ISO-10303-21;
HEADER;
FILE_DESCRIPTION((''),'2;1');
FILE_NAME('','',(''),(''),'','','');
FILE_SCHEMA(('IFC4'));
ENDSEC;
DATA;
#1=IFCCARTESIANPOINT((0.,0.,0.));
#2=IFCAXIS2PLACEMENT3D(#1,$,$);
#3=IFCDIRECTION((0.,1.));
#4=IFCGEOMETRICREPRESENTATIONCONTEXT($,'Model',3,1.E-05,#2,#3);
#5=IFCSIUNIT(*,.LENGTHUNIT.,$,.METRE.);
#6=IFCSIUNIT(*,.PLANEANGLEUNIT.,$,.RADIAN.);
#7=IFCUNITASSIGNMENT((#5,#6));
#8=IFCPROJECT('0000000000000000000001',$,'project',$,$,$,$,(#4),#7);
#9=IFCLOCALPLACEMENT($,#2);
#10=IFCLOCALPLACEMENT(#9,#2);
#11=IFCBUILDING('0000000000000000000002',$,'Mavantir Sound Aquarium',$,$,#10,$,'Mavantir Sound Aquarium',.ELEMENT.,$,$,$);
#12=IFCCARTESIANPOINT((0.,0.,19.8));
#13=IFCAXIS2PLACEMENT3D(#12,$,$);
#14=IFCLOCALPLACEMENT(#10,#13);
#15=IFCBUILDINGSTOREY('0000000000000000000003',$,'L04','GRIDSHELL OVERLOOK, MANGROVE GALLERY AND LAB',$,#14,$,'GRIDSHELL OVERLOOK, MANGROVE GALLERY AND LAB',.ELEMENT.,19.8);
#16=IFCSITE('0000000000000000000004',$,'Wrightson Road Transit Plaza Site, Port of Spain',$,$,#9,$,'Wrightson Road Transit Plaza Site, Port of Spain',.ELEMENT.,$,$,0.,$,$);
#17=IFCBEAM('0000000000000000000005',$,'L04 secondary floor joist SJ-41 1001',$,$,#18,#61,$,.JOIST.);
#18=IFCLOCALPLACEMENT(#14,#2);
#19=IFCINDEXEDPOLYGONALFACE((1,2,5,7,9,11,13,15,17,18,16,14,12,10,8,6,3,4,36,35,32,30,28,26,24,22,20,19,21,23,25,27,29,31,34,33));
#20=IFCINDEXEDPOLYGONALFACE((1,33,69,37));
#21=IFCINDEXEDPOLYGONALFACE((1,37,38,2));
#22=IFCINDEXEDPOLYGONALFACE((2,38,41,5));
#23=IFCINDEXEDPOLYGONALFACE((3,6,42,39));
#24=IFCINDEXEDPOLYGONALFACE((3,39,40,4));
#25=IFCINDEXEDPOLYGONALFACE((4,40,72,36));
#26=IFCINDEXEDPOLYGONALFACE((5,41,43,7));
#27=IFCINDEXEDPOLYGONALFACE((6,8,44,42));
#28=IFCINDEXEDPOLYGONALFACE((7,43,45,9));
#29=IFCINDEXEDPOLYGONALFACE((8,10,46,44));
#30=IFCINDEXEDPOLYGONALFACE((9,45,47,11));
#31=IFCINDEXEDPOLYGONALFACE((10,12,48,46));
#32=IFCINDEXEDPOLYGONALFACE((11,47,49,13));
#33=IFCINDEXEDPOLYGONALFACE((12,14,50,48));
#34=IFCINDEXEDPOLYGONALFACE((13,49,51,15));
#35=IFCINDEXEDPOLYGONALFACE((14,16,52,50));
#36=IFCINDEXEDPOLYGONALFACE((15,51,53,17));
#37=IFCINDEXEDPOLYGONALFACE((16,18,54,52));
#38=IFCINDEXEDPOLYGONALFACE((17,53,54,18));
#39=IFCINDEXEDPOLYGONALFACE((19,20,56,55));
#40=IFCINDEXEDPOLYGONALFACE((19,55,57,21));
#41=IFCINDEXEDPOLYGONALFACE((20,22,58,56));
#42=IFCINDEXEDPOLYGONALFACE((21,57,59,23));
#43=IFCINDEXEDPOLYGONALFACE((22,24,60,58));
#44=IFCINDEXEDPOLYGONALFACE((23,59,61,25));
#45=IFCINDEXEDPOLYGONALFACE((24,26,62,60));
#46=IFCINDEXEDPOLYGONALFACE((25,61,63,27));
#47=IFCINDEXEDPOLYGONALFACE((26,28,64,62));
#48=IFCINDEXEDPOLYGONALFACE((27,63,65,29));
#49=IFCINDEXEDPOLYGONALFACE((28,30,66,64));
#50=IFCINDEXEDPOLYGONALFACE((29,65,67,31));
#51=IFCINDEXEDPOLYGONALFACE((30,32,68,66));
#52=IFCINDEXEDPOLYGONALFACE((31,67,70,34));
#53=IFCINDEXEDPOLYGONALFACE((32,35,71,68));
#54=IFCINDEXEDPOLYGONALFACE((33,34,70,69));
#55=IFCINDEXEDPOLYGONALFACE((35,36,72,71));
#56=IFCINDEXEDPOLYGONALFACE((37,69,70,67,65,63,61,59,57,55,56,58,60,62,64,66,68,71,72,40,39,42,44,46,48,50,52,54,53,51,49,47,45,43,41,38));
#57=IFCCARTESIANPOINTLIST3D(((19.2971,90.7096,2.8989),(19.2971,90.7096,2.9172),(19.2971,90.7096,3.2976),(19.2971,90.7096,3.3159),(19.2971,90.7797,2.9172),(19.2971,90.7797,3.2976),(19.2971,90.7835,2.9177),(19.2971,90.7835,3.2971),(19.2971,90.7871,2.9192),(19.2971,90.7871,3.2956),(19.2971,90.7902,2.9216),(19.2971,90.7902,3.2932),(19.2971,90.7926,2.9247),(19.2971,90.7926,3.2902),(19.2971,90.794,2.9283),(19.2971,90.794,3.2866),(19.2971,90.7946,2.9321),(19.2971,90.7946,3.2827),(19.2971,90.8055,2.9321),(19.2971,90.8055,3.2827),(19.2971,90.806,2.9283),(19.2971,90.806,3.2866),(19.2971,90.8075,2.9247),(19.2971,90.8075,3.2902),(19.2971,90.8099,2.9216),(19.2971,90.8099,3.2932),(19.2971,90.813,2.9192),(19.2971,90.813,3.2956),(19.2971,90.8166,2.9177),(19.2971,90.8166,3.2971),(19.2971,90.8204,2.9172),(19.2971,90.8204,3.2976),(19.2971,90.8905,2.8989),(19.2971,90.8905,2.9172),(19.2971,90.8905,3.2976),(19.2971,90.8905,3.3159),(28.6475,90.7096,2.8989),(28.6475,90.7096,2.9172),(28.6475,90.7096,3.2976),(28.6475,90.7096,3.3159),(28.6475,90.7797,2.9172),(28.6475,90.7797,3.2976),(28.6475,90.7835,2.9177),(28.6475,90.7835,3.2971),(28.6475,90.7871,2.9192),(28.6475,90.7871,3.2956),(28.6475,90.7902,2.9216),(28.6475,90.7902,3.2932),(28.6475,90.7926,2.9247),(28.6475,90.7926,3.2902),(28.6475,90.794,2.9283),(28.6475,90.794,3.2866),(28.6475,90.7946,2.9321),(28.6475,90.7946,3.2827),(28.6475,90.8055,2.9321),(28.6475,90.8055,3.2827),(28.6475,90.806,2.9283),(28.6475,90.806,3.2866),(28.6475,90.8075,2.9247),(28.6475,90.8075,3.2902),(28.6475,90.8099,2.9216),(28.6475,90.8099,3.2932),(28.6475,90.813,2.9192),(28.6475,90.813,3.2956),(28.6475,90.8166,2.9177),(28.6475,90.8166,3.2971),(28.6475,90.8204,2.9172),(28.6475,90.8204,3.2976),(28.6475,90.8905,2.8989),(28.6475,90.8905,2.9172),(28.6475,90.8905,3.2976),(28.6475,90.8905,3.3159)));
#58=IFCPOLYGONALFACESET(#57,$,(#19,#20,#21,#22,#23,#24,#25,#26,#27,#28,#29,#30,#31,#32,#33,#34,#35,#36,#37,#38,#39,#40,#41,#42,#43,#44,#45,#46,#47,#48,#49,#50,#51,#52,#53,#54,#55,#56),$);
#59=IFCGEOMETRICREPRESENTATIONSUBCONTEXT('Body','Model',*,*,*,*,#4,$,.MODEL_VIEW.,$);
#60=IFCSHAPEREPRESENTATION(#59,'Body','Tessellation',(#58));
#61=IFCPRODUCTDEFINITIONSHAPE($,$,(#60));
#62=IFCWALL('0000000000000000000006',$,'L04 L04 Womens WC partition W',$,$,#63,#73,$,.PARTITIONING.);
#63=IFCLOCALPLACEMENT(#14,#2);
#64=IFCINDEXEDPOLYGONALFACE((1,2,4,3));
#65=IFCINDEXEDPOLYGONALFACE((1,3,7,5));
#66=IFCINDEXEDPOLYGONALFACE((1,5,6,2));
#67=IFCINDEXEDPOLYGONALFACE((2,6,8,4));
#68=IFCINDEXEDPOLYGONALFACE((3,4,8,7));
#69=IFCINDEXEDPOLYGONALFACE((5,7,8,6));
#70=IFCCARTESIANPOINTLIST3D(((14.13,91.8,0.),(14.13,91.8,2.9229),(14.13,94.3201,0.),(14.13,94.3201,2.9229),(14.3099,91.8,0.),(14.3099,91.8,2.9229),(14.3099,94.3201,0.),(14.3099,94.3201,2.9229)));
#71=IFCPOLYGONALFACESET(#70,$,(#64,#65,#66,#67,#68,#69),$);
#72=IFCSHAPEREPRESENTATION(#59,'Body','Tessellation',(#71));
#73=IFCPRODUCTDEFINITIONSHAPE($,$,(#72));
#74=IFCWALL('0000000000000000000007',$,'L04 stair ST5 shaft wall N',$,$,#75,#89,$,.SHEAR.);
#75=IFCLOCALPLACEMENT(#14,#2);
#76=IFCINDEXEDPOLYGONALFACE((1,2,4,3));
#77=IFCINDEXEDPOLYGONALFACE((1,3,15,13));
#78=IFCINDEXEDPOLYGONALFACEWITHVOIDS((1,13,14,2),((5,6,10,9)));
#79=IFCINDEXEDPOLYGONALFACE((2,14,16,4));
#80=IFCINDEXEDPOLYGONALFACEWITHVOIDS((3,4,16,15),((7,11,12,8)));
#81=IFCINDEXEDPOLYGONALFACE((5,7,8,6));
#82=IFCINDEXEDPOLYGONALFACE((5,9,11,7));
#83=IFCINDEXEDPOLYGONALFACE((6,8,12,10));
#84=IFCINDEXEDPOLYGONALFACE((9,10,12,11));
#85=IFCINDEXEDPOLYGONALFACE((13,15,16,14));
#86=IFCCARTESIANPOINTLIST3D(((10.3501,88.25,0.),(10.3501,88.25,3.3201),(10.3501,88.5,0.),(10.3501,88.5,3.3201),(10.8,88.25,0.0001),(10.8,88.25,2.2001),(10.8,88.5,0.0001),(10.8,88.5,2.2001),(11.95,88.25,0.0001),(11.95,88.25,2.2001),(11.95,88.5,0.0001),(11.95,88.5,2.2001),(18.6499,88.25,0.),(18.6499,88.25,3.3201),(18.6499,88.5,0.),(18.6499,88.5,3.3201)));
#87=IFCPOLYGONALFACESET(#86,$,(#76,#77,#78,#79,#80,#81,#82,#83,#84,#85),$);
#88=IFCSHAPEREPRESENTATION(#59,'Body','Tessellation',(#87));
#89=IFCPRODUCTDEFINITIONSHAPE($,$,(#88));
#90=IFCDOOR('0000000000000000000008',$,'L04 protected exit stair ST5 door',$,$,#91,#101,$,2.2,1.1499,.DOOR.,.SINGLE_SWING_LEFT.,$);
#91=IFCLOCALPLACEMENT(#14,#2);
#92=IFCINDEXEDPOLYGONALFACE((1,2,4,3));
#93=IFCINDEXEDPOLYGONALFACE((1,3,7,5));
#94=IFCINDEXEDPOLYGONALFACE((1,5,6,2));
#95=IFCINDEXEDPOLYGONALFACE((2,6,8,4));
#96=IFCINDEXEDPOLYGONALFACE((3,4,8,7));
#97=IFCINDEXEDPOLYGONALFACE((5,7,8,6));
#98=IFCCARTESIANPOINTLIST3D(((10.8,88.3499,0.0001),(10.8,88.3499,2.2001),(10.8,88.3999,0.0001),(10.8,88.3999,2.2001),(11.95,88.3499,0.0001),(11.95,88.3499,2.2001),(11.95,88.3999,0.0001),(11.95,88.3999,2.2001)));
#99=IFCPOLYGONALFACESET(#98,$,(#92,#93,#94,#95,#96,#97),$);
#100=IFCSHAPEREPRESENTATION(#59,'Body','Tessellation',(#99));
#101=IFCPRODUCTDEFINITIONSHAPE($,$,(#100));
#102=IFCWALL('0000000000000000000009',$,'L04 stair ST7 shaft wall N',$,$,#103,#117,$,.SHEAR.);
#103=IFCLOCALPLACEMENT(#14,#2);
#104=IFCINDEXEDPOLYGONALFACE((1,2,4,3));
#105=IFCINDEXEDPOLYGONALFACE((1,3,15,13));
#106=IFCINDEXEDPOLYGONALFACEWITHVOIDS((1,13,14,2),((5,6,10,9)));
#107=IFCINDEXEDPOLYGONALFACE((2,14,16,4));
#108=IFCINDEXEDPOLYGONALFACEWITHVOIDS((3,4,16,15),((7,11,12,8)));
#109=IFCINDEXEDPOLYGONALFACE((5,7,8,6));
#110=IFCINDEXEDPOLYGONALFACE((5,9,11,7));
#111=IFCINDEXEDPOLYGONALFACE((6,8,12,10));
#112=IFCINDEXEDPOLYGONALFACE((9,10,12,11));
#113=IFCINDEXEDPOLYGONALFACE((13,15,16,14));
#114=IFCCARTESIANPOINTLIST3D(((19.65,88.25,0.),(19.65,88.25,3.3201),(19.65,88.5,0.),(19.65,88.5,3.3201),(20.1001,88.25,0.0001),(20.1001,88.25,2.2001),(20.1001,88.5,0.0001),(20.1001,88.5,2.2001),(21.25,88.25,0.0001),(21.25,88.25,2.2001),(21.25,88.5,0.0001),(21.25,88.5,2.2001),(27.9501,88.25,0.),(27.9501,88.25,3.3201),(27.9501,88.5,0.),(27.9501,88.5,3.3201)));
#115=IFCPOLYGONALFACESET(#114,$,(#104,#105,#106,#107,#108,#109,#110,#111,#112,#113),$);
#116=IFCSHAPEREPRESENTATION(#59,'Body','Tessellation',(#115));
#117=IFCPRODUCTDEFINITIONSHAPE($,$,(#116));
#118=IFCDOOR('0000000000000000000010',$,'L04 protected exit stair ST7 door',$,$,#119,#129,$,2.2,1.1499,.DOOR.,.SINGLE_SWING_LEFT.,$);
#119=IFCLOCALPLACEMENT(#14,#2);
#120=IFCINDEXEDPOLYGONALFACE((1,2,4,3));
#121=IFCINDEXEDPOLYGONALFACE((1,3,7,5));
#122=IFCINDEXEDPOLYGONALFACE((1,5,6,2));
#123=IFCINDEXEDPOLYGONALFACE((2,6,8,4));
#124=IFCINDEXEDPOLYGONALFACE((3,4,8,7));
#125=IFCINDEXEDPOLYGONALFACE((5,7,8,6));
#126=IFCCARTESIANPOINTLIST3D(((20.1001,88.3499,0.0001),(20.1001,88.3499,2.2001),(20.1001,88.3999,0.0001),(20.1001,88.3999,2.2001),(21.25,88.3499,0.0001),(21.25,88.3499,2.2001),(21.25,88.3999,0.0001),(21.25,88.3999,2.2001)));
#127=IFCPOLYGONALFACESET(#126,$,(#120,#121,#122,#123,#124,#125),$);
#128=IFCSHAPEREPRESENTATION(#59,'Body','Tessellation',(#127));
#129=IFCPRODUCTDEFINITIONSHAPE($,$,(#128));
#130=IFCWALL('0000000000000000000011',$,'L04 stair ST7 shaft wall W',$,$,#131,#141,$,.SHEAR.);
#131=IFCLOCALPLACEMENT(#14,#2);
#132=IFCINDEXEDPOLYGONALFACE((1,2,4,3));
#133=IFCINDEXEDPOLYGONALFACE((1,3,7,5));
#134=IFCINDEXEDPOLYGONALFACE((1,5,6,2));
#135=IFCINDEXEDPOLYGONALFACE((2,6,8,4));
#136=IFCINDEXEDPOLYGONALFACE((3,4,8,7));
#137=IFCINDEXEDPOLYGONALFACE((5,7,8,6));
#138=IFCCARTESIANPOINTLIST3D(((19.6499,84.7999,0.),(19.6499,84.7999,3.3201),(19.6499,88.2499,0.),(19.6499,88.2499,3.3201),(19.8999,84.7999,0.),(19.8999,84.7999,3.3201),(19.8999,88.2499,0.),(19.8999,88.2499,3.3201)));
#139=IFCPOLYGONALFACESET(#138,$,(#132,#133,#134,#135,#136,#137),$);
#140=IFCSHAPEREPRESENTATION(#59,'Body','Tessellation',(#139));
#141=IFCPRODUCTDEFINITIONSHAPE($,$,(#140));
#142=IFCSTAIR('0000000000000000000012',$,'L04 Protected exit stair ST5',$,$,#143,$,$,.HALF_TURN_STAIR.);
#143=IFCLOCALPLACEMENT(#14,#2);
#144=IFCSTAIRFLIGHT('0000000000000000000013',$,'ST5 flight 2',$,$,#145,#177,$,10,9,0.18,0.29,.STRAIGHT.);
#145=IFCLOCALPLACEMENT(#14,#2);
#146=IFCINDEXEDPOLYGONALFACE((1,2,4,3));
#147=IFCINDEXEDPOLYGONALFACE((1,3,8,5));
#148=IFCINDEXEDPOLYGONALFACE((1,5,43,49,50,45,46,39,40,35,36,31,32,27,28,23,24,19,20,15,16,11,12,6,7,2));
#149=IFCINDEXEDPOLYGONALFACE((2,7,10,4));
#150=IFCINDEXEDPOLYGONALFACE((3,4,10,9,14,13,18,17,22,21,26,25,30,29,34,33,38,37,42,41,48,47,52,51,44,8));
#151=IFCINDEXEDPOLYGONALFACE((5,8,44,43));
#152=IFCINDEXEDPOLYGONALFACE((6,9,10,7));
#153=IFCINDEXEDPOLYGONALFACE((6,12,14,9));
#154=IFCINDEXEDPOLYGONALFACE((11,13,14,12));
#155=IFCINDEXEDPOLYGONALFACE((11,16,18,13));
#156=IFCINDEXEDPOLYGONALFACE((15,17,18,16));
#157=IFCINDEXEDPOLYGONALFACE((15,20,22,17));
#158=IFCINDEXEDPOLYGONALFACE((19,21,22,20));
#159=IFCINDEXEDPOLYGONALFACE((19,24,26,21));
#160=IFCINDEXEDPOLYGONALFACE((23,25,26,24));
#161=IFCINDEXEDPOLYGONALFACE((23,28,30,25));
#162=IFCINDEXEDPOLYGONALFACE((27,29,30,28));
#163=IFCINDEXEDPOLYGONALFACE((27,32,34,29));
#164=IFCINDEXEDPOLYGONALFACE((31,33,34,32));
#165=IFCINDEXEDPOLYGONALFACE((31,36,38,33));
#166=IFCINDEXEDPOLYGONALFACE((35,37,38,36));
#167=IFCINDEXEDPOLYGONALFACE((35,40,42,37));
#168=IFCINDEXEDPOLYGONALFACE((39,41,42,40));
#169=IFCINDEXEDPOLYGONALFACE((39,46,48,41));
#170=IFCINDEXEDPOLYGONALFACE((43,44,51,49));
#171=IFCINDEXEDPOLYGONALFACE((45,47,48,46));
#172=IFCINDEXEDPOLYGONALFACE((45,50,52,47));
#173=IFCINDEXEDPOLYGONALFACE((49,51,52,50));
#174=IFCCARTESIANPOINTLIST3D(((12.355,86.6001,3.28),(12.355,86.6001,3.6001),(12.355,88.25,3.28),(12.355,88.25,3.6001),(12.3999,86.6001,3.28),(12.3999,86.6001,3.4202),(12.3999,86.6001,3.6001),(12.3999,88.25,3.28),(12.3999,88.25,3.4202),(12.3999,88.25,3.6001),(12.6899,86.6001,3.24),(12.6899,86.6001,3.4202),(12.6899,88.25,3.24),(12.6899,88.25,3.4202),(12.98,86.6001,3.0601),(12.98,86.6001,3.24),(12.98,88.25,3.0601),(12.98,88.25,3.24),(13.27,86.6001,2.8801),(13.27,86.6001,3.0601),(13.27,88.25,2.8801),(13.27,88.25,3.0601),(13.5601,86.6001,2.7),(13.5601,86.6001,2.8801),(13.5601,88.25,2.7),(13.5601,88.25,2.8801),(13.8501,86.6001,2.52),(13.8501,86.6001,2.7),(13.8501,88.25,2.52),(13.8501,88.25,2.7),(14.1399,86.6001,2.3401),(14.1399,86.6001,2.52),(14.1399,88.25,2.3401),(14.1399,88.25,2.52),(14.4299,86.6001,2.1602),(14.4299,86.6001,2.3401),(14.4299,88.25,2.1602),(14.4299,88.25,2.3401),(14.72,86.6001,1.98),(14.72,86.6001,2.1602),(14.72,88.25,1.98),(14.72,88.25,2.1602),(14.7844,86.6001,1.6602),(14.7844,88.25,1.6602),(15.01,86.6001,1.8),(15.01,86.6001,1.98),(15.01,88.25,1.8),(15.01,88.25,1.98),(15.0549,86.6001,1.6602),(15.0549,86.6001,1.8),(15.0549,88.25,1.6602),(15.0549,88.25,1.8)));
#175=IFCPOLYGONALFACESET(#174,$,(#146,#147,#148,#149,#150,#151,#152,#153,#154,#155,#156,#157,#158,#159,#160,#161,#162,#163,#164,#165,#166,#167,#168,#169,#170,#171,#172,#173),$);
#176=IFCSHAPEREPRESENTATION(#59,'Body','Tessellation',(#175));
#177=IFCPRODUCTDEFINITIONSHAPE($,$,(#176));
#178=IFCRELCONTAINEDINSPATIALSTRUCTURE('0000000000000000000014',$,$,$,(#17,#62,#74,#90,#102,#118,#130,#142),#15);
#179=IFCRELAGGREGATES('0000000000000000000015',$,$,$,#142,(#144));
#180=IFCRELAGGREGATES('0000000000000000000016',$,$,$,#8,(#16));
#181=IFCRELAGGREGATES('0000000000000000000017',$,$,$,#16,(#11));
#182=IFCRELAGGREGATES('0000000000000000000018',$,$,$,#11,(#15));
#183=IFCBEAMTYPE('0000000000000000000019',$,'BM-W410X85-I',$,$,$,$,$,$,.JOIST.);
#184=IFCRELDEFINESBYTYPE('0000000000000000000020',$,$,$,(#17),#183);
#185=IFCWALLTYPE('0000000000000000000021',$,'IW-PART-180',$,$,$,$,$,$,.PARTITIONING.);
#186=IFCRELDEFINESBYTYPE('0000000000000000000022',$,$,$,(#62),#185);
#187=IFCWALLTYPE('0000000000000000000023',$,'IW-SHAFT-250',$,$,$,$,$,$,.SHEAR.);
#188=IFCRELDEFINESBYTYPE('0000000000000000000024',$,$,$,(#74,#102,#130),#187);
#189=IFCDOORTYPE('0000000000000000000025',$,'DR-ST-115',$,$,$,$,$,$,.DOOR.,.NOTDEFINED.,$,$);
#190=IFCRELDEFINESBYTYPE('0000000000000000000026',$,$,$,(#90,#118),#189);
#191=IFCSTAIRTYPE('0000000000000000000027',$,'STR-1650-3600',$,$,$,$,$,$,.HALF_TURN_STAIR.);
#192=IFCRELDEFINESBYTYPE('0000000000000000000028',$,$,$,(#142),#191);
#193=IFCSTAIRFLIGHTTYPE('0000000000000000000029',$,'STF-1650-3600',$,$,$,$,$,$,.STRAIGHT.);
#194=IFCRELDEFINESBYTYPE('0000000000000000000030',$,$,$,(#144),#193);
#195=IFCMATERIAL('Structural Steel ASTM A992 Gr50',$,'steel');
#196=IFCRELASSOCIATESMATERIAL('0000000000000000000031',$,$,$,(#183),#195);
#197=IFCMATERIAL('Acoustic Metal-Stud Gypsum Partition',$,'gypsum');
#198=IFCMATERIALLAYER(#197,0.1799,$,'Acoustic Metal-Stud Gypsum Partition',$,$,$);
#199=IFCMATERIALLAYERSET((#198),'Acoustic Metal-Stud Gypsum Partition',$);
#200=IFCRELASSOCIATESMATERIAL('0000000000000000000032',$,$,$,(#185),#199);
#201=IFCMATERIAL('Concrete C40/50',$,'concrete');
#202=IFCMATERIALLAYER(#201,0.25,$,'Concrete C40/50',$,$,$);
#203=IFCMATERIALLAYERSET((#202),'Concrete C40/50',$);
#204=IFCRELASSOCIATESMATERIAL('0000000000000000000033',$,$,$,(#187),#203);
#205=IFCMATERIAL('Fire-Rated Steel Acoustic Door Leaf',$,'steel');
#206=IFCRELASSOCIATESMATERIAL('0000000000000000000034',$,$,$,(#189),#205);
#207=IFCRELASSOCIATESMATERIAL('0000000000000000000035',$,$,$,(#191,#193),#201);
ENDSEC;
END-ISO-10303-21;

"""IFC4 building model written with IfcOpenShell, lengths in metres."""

from ifc_helpers import new_model, si_unit, direction, frame, frame_2d, origin, origin_2d, place, context, subcontext, project, spatial, polyline, rectangle, i_section, outline, extrude, material, layer, layer_set, material_profile, profile_set, type_object, element, fill, aggregate, save


model = new_model("IFC4")

# Units and contexts
model_context = context("Model", 3, precision=1e-05, world=origin(), true_north=direction((0.0, 1.0)))
body_context = subcontext(model_context, "Body", "Model", "MODEL_VIEW")
ifc_project = project(units=[si_unit("LENGTHUNIT", "METRE"), si_unit("PLANEANGLEUNIT", "RADIAN")], contexts=[model_context])

# Site, building, storey
site_placement = place(None, origin())
site = spatial("IfcSite", under=ifc_project, at=site_placement, Name="Wrightson Road Transit Plaza Site, Port of Spain", LongName="Wrightson Road Transit Plaza Site, Port of Spain", CompositionType="ELEMENT", RefElevation=0.0)
building_placement = place(site_placement, origin())
building = spatial("IfcBuilding", under=site, at=building_placement, Name="Mavantir Sound Aquarium", LongName="Mavantir Sound Aquarium", CompositionType="ELEMENT")
storey_placement = place(building_placement, frame((0.0, 0.0, 19.8)))
storey = spatial("IfcBuildingStorey", under=building, at=storey_placement, Name="L04", Description="GRIDSHELL OVERLOOK, MANGROVE GALLERY AND LAB", LongName="GRIDSHELL OVERLOOK, MANGROVE GALLERY AND LAB", CompositionType="ELEMENT", Elevation=19.8)

# Beam
ifc_material_1 = material(Name="Structural Steel ASTM A992 Gr50", Category="steel")
ifc_material_profile = material_profile(ifc_material_1, i_section(OverallWidth=0.1809, OverallDepth=0.417, WebThickness=0.011, FlangeThickness=0.0183, FilletRadius=0.0149, at=origin_2d()), Name="W410X85")
ifc_profile_set = profile_set([ifc_material_profile], Name="Structural Steel ASTM A992 Gr50")
beam_type = type_object("IfcBeamType", Name="BM-W410X85-I", PredefinedType="JOIST", material=ifc_profile_set)
beam_placement = place(storey_placement, frame((19.2971, 90.8, 3.1074), z_axis=(1.0, 0.0, 0.0), x_axis=(0.0, 1.0, 0.0)))
element("IfcBeam", 1, at=beam_placement, inside=storey, type_object=beam_type, Name="L04 secondary floor joist SJ-41 1001", PredefinedType="JOIST", context=body_context, shape_type="SweptSolid", body=[
    extrude(i_section(OverallWidth=0.1809, OverallDepth=0.417, WebThickness=0.011, FlangeThickness=0.0183, FilletRadius=0.0149, at=origin_2d()), origin(), (0.0, 0.0, 1.0), 9.3503),
])

# Shared definitions
ifc_material_2 = material(Name="Acoustic Metal-Stud Gypsum Partition", Category="gypsum")
ifc_layer_1 = layer(ifc_material_2, 0.1799, Name="Acoustic Metal-Stud Gypsum Partition")
ifc_layer_set_1 = layer_set([ifc_layer_1], Name="Acoustic Metal-Stud Gypsum Partition")
wall_type_1 = type_object("IfcWallType", Name="IW-PART-180", PredefinedType="PARTITIONING", material=ifc_layer_set_1)

# Wall
wall_1_placement = place(storey_placement, frame((14.22, 91.8, 0.0), z_axis=(0.0, 0.0, 1.0), x_axis=(0.0, 1.0, 0.0)))
element("IfcWall", 2, at=wall_1_placement, inside=storey, type_object=wall_type_1, Name="L04 L04 Womens WC partition W", PredefinedType="PARTITIONING", context=body_context, shape_type="SweptSolid", body=[
    extrude(rectangle(XDim=2.52, YDim=0.1799, at=frame_2d((1.26, 0.0))), origin(), (0.0, 0.0, 1.0), 2.9229),
])

# Walls, openings, doors
ifc_material_3 = material(Name="Concrete C40/50", Category="concrete")
ifc_layer_2 = layer(ifc_material_3, 0.25, Name="Concrete C40/50")
ifc_layer_set_2 = layer_set([ifc_layer_2], Name="Concrete C40/50")
wall_type_2 = type_object("IfcWallType", Name="IW-SHAFT-250", PredefinedType="SHEAR", material=ifc_layer_set_2)
wall_2_placement = place(storey_placement, frame((18.6499, 88.375, 0.0), z_axis=(0.0, 0.0, 1.0), x_axis=(-1.0, 0.0, 0.0)))
wall_2 = element("IfcWall", 3, at=wall_2_placement, inside=storey, type_object=wall_type_2, Name="L04 stair ST5 shaft wall N", PredefinedType="SHEAR", context=body_context, shape_type="SweptSolid", body=[
    extrude(rectangle(XDim=8.2998, YDim=0.25, at=frame_2d((4.1499, 0.0))), origin(), (0.0, 0.0, 1.0), 3.3201),
])
opening_1_placement = place(wall_2_placement, frame((7.8499, 0.0, 0.0), z_axis=(0.0, 0.0, 1.0), x_axis=(-1.0, 0.0, 0.0)))
opening_1 = element("IfcOpeningElement", 4, at=opening_1_placement, cuts=wall_2, PredefinedType="OPENING", context=body_context, shape_type="SweptSolid", body=[
    extrude(rectangle(XDim=1.1499, YDim=2.2, at=frame_2d((0.575, 1.1001))), frame((0.0, 0.135, 0.0), z_axis=(0.0, -1.0, 0.0), x_axis=(1.0, 0.0, 0.0)), (0.0, 0.0, 1.0), 0.27),
])
ifc_material_4 = material(Name="Fire-Rated Steel Acoustic Door Leaf", Category="steel")
door_type_1 = type_object("IfcDoorType", Name="DR-ST-115", OperationType="NOTDEFINED", PredefinedType="DOOR", material=ifc_material_4)
door_1_placement = place(opening_1_placement, origin())
door_1 = element("IfcDoor", 5, at=door_1_placement, inside=storey, type_object=door_type_1, Name="L04 protected exit stair ST5 door", OperationType="SINGLE_SWING_LEFT", OverallHeight=2.2, OverallWidth=1.1499, PredefinedType="DOOR", context=body_context, shape_type="SweptSolid", body=[
    extrude(rectangle(XDim=1.1499, YDim=2.2, at=frame_2d((0.575, 1.1001))), frame((0.0, 0.0249, 0.0), z_axis=(0.0, -1.0, 0.0), x_axis=(1.0, 0.0, 0.0)), (0.0, 0.0, 1.0), 0.05),
])
fill(opening_1, door_1)
wall_3_placement = place(storey_placement, frame((27.95, 88.375, 0.0), z_axis=(0.0, 0.0, 1.0), x_axis=(-1.0, 0.0, 0.0)))
wall_3 = element("IfcWall", 6, at=wall_3_placement, inside=storey, type_object=wall_type_2, Name="L04 stair ST7 shaft wall N", PredefinedType="SHEAR", context=body_context, shape_type="SweptSolid", body=[
    extrude(rectangle(XDim=8.3, YDim=0.25, at=frame_2d((4.1499, 0.0))), origin(), (0.0, 0.0, 1.0), 3.3201),
])
opening_2_placement = place(wall_3_placement, frame((7.8499, 0.0, 0.0), z_axis=(0.0, 0.0, 1.0), x_axis=(-1.0, 0.0, 0.0)))
opening_2 = element("IfcOpeningElement", 7, at=opening_2_placement, cuts=wall_3, PredefinedType="OPENING", context=body_context, shape_type="SweptSolid", body=[
    extrude(rectangle(XDim=1.1499, YDim=2.2, at=frame_2d((0.575, 1.1001))), frame((0.0, 0.135, 0.0), z_axis=(0.0, -1.0, 0.0), x_axis=(1.0, 0.0, 0.0)), (0.0, 0.0, 1.0), 0.27),
])
door_2_placement = place(opening_2_placement, origin())
door_2 = element("IfcDoor", 8, at=door_2_placement, inside=storey, type_object=door_type_1, Name="L04 protected exit stair ST7 door", OperationType="SINGLE_SWING_LEFT", OverallHeight=2.2, OverallWidth=1.1499, PredefinedType="DOOR", context=body_context, shape_type="SweptSolid", body=[
    extrude(rectangle(XDim=1.1499, YDim=2.2, at=frame_2d((0.575, 1.1001))), frame((0.0, 0.0249, 0.0), z_axis=(0.0, -1.0, 0.0), x_axis=(1.0, 0.0, 0.0)), (0.0, 0.0, 1.0), 0.05),
])
fill(opening_2, door_2)

# Wall
wall_4_placement = place(storey_placement, frame((19.7749, 88.25, 0.0), z_axis=(0.0, 0.0, 1.0), x_axis=(0.0, -1.0, 0.0)))
element("IfcWall", 9, at=wall_4_placement, inside=storey, type_object=wall_type_2, Name="L04 stair ST7 shaft wall W", PredefinedType="SHEAR", context=body_context, shape_type="SweptSolid", body=[
    extrude(rectangle(XDim=3.45, YDim=0.25, at=frame_2d((1.7251, 0.0))), origin(), (0.0, 0.0, 1.0), 3.3201),
])

# Stair, stair flight
stair_type = type_object("IfcStairType", Name="STR-1650-3600", PredefinedType="HALF_TURN_STAIR", material=ifc_material_3)
stair_1_placement = place(storey_placement, origin())
stair_1 = element("IfcStair", 10, at=stair_1_placement, inside=storey, type_object=stair_type, Name="L04 Protected exit stair ST5", PredefinedType="HALF_TURN_STAIR")
stair_flight_type = type_object("IfcStairFlightType", Name="STF-1650-3600", PredefinedType="STRAIGHT", material=ifc_material_3)
stair_flight_1_placement = place(storey_placement, frame((15.01, 87.425, 1.8), z_axis=(0.0, 0.0, 1.0), x_axis=(-1.0, 0.0, 0.0)))
stair_flight_1 = element("IfcStairFlight", 11, at=stair_flight_1_placement, type_object=stair_flight_type, Name="ST5 flight 2", NumberOfRisers=10, NumberOfTreads=9, PredefinedType="STRAIGHT", RiserHeight=0.18, TreadLength=0.29, context=body_context, shape_type="SweptSolid", body=[
    extrude(outline(polyline([(-0.0449, -0.1399), (-0.0449, 0.0), (0.0, 0.0), (0.0, 0.1799), (0.29, 0.1799), (0.29, 0.3601), (0.5801, 0.3601), (0.5801, 0.54), (0.8701, 0.54), (0.8701, 0.72), (1.1599, 0.72), (1.1599, 0.8999), (1.45, 0.8999), (1.45, 1.0801), (1.74, 1.0801), (1.74, 1.26), (2.03, 1.26), (2.03, 1.4399), (2.3201, 1.4399), (2.3201, 1.6201), (2.6101, 1.6201), (2.6101, 1.8), (2.655, 1.8), (2.655, 1.48), (2.6101, 1.48), (0.2256, -0.1399), (-0.0449, -0.1399)])), frame((0.0, 0.825, 0.0), z_axis=(0.0, -1.0, 0.0), x_axis=(1.0, 0.0, 0.0)), (0.0, 0.0, 1.0), 1.6499),
])
aggregate(stair_1, [stair_flight_1])

save(model, "model.ifc")
